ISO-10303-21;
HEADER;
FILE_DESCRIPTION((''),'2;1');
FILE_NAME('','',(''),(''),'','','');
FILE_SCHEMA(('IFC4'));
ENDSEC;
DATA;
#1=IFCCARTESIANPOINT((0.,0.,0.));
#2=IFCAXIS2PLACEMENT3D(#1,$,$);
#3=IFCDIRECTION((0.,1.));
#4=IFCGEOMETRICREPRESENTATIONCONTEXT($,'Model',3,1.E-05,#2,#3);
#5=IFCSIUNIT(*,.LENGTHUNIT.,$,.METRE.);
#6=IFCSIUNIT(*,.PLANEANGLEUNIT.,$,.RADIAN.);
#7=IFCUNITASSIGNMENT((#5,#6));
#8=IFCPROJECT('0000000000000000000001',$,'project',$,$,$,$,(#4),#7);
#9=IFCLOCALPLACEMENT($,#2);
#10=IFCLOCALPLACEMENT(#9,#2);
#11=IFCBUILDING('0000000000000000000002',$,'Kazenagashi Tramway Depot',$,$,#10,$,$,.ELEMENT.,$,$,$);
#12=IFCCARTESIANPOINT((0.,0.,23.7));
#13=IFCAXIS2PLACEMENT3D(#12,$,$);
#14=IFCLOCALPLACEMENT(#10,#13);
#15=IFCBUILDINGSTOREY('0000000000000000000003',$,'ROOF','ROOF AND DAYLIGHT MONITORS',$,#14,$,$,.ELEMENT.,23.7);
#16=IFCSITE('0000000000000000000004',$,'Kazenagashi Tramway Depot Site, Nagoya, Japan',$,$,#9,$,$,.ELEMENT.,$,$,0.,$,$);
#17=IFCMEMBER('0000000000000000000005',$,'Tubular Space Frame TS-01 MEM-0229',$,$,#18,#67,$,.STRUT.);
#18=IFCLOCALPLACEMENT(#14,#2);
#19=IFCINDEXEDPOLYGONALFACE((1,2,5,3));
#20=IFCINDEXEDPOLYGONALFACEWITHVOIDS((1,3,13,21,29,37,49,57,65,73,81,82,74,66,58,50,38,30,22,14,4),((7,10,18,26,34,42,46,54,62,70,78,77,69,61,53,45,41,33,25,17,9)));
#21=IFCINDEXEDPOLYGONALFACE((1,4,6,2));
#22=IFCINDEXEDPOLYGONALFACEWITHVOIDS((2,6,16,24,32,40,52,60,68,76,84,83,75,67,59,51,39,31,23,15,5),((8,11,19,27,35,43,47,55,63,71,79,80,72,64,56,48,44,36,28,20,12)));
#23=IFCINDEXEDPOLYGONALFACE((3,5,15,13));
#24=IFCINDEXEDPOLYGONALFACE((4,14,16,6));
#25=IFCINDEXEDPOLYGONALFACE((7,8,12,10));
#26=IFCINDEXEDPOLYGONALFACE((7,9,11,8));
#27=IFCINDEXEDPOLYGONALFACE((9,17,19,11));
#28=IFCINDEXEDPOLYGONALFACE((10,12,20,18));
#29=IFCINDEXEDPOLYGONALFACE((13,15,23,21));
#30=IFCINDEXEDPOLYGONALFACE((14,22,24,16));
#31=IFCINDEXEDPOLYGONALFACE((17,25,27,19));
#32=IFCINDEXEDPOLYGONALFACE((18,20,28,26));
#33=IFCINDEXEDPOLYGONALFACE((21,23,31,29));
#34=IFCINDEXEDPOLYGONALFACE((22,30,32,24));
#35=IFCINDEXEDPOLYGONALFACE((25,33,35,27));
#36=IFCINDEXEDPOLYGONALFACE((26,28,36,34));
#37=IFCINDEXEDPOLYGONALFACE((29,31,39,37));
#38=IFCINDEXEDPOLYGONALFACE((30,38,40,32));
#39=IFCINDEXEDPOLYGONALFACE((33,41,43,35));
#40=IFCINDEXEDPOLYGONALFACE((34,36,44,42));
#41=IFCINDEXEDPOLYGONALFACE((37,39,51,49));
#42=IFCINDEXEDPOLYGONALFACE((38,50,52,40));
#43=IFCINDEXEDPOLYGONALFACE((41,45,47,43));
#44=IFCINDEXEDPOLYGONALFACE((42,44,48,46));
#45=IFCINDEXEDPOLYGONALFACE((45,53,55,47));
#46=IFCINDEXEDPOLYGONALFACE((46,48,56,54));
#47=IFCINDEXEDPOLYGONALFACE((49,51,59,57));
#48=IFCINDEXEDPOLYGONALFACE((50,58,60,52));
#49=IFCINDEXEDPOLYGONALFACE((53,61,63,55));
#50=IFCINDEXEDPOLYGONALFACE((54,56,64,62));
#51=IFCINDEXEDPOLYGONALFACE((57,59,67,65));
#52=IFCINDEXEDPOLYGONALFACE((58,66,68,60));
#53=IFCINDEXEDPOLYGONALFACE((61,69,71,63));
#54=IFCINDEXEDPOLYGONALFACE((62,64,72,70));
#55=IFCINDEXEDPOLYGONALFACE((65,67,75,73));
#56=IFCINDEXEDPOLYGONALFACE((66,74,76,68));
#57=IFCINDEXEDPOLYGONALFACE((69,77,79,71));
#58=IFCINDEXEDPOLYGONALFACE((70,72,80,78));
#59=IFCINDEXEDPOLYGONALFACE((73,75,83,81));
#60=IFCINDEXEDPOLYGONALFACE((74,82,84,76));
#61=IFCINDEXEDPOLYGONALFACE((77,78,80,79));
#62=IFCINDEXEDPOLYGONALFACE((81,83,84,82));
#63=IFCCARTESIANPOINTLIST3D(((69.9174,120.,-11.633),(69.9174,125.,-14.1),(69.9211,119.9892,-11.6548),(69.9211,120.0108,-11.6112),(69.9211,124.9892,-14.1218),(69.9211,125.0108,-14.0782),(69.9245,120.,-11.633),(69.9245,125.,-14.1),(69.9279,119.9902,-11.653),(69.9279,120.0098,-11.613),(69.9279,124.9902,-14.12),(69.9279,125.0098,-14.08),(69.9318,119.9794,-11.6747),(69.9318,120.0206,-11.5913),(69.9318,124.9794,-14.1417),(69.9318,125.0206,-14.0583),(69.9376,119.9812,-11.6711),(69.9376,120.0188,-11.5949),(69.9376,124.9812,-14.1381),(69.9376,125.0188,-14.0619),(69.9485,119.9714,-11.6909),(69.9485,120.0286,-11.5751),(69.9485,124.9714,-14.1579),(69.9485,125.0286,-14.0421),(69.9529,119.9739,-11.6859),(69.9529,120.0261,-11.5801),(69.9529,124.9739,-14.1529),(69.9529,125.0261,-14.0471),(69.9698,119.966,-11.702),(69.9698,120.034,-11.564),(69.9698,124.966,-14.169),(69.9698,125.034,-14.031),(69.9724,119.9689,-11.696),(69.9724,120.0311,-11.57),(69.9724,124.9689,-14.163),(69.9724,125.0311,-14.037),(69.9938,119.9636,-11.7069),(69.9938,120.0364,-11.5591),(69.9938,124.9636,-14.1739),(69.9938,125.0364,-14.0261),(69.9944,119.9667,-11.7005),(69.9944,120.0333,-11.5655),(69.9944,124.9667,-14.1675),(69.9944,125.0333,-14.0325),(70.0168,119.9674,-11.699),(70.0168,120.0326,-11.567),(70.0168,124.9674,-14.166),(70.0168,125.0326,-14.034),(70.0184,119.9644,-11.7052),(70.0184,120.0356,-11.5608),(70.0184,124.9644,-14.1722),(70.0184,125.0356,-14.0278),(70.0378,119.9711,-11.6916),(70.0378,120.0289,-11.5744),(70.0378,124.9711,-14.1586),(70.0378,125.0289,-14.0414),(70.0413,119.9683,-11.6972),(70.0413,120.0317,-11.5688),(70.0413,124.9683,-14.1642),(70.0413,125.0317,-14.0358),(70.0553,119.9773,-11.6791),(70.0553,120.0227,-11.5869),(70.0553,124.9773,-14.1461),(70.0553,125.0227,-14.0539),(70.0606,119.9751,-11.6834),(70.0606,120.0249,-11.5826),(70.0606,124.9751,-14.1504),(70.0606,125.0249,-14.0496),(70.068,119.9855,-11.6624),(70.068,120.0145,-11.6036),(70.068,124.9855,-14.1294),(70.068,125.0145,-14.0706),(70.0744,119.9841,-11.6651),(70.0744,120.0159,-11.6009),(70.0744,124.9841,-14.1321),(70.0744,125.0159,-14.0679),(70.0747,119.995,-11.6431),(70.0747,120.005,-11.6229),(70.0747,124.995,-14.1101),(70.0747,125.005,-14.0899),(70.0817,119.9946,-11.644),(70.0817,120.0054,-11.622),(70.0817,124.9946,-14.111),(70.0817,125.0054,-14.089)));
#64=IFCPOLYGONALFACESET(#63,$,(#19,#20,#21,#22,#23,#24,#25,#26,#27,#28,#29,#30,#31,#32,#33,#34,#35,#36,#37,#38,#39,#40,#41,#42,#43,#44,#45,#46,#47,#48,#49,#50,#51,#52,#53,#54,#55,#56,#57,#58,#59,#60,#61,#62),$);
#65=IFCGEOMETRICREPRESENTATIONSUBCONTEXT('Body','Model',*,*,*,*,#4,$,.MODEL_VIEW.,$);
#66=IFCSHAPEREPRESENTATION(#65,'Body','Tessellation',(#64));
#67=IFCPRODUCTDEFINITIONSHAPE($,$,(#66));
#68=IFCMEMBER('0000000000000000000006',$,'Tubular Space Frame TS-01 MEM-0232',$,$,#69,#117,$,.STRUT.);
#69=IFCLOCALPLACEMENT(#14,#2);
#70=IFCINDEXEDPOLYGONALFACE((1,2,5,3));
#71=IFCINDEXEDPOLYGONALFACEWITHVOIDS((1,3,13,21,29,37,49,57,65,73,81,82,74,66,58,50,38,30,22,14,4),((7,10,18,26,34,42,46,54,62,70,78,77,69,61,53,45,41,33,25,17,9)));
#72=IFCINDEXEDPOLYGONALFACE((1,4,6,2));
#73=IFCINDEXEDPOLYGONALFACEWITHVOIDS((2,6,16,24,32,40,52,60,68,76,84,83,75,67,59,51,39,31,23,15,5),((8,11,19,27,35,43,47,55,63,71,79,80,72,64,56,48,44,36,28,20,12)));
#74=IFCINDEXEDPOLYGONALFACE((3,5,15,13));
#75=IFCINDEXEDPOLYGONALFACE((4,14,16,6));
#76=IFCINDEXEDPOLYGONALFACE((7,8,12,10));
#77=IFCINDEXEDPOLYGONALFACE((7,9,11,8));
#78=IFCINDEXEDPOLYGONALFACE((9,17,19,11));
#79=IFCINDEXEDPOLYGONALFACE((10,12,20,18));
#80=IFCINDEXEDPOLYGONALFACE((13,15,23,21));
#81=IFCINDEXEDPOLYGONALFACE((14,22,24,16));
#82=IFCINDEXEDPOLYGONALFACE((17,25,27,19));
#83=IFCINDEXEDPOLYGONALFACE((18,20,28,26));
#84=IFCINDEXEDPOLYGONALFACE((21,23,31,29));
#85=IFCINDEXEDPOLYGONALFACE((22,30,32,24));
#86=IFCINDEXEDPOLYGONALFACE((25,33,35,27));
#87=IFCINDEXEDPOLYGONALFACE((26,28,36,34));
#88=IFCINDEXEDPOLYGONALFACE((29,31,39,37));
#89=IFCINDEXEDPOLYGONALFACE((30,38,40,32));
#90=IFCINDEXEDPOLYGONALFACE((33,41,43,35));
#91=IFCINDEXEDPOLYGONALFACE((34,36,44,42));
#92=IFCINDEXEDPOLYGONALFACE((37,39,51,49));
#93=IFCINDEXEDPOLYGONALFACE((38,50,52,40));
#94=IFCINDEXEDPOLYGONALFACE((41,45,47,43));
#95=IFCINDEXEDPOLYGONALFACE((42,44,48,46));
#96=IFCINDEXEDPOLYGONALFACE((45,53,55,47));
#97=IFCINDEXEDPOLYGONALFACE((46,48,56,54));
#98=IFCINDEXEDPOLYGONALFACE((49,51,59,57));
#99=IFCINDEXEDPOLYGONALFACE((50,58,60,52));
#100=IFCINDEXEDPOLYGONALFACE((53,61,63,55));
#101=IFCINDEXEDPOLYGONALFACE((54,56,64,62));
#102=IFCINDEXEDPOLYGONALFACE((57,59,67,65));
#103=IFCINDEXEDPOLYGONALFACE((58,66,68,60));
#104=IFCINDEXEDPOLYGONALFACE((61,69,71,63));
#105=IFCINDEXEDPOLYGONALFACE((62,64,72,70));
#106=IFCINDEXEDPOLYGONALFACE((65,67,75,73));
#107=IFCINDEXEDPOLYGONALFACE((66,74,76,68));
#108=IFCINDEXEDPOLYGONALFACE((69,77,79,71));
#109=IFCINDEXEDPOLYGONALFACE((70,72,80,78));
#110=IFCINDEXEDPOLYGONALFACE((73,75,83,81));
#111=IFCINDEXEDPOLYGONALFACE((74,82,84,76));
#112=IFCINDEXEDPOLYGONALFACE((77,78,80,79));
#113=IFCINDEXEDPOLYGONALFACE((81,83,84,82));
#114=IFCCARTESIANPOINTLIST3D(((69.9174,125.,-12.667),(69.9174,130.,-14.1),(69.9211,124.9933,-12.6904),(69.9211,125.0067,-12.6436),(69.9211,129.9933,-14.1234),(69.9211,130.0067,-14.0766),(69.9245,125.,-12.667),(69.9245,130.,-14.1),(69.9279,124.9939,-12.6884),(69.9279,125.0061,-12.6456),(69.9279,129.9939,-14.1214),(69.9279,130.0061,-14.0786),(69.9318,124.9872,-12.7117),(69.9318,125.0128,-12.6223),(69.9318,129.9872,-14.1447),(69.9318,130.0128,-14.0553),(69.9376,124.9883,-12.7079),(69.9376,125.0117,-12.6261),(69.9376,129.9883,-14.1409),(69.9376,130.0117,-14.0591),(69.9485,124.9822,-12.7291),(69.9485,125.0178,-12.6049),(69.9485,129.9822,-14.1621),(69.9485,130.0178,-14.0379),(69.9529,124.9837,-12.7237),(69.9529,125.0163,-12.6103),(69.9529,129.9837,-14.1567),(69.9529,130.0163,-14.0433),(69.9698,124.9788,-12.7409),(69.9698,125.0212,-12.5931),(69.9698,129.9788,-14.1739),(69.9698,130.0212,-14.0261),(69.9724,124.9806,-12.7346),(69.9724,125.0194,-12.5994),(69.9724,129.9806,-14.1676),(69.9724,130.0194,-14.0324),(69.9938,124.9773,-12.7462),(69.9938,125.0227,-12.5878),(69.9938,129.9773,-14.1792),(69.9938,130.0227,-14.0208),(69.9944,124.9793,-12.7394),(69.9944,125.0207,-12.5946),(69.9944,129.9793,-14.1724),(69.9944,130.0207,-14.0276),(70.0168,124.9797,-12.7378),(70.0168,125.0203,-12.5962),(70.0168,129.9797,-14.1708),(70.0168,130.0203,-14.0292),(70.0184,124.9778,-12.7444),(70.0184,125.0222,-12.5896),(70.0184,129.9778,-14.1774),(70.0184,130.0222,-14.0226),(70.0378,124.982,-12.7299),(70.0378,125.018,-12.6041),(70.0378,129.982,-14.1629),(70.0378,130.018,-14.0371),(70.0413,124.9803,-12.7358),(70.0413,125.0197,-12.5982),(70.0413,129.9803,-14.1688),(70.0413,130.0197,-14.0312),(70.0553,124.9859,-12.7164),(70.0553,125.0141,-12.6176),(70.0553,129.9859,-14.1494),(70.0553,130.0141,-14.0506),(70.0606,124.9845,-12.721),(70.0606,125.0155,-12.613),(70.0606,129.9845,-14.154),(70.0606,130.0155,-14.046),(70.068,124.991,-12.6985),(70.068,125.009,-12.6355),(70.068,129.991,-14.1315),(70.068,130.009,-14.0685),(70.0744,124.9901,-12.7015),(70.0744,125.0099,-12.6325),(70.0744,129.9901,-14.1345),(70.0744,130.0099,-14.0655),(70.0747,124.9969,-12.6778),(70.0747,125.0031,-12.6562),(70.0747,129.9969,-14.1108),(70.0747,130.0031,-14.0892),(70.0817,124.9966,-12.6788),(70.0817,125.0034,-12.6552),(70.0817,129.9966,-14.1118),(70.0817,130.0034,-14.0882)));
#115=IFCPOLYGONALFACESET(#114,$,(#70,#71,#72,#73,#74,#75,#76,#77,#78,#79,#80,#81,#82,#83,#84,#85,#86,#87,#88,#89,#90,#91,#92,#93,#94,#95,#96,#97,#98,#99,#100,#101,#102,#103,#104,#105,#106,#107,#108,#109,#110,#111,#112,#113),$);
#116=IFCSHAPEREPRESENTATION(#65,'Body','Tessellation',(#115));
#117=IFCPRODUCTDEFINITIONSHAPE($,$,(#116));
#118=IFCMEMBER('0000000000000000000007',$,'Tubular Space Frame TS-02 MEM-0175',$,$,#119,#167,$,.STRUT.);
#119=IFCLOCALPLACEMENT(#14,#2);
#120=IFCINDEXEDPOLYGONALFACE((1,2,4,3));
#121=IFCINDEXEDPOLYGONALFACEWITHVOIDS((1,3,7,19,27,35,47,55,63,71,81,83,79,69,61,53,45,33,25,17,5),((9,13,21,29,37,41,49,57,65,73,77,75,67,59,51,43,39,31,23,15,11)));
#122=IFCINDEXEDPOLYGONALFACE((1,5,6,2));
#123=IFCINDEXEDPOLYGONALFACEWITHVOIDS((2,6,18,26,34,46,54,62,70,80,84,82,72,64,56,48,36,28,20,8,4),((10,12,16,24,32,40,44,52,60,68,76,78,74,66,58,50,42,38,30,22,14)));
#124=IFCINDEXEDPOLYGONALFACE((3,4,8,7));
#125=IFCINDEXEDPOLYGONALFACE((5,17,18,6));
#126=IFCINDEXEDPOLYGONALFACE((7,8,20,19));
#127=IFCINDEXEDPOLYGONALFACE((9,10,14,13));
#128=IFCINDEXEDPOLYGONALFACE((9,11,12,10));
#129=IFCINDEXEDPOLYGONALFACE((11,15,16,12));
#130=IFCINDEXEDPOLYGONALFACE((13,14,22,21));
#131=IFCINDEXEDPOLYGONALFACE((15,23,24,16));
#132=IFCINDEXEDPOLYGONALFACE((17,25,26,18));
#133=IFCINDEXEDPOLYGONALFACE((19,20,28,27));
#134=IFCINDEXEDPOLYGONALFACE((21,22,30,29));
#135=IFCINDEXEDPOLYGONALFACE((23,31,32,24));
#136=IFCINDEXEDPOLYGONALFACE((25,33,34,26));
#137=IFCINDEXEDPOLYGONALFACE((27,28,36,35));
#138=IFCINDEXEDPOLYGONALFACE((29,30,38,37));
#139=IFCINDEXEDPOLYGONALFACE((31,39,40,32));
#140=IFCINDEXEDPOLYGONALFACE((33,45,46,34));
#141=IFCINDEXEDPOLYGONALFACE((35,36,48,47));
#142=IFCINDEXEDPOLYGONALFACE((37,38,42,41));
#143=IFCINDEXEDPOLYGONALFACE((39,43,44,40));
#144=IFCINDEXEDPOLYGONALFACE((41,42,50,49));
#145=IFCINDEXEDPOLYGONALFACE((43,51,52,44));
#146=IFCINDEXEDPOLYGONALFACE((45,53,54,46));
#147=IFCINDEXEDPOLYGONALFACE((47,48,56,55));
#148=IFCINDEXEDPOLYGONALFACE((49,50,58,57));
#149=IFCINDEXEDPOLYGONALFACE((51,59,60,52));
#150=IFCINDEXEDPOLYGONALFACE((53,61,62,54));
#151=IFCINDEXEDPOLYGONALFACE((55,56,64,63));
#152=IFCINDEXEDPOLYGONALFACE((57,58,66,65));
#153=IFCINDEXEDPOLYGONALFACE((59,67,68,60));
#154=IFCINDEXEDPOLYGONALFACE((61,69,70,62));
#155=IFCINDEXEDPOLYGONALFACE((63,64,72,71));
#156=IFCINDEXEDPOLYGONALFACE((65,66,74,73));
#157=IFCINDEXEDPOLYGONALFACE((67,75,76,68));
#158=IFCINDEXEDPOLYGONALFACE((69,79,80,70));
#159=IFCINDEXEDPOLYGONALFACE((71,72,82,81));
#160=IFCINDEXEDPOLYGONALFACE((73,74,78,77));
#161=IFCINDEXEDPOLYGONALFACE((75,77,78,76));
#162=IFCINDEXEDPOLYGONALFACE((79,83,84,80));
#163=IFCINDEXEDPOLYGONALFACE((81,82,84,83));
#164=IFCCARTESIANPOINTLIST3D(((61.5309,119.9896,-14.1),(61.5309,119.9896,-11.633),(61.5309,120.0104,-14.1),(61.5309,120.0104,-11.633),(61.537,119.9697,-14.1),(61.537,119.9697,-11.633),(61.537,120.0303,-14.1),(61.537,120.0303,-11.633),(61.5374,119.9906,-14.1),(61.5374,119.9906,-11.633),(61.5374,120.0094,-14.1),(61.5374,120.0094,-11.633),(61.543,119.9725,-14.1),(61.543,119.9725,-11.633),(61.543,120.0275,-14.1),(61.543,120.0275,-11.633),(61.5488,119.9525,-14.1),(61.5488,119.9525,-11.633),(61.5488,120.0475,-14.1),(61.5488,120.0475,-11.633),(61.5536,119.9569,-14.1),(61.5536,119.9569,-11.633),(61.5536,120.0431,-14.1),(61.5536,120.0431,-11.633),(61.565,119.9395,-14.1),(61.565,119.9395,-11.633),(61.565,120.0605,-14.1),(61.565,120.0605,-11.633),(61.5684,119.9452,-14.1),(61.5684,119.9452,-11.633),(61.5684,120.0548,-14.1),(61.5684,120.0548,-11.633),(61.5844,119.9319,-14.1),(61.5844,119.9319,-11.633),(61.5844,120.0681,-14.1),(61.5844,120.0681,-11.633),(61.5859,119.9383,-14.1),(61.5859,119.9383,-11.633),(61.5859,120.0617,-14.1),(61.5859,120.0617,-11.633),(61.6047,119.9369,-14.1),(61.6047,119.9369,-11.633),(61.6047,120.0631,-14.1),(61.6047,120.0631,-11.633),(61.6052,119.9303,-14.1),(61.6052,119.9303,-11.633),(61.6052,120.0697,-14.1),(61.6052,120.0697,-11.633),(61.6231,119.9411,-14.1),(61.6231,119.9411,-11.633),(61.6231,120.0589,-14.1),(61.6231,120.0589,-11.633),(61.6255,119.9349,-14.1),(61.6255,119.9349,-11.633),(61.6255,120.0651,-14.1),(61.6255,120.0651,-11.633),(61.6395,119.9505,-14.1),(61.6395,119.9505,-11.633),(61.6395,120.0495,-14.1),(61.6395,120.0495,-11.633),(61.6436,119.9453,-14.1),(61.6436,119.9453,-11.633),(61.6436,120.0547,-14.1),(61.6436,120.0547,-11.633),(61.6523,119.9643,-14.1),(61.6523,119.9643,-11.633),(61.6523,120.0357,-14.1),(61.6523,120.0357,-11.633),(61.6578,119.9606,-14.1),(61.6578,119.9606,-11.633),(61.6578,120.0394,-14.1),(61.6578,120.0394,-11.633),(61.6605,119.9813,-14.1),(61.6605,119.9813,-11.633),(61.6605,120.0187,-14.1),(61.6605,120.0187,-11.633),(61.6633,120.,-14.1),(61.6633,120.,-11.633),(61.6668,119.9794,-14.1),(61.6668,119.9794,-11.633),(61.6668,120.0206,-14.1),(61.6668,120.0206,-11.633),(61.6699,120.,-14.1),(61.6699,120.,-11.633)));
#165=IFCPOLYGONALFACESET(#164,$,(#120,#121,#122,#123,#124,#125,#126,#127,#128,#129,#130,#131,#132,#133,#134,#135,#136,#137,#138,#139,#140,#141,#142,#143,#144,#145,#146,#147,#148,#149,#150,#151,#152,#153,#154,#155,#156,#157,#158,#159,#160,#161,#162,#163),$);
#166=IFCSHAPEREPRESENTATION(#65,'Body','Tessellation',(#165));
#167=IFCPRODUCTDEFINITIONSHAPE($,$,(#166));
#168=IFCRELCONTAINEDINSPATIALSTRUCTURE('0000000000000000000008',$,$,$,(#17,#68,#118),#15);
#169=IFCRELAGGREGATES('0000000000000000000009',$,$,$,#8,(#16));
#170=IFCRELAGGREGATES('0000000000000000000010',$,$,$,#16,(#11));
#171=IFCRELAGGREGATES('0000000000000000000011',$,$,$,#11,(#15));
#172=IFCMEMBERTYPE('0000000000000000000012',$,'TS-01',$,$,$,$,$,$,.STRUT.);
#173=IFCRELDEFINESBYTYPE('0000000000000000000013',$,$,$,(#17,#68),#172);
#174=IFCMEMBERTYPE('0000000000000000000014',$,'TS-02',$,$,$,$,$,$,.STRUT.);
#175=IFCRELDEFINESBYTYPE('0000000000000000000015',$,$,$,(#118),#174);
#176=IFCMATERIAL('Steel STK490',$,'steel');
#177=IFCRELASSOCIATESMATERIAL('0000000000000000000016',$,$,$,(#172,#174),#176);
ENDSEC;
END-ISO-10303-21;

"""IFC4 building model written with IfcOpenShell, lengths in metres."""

from ifc_helpers import new_model, si_unit, direction, frame, origin, origin_2d, place, context, subcontext, project, spatial, hollow_circle, extrude, material, material_profile, profile_set, type_object, element, save


model = new_model("IFC4")

# Units and contexts
model_context = context("Model", 3, precision=1e-05, world=origin(), true_north=direction((0.0, 1.0)))
body_context = subcontext(model_context, "Body", "Model", "MODEL_VIEW")
ifc_project = project(units=[si_unit("LENGTHUNIT", "METRE"), si_unit("PLANEANGLEUNIT", "RADIAN")], contexts=[model_context])

# Site, building, storey
site_placement = place(None, origin())
site = spatial("IfcSite", under=ifc_project, at=site_placement, Name="Kazenagashi Tramway Depot Site, Nagoya, Japan", CompositionType="ELEMENT", RefElevation=0.0)
building_placement = place(site_placement, origin())
building = spatial("IfcBuilding", under=site, at=building_placement, Name="Kazenagashi Tramway Depot", CompositionType="ELEMENT")
storey_placement = place(building_placement, frame((0.0, 0.0, 23.7)))
storey = spatial("IfcBuildingStorey", under=building, at=storey_placement, Name="ROOF", Description="ROOF AND DAYLIGHT MONITORS", CompositionType="ELEMENT", Elevation=23.7)

# Members
ifc_material_1 = material(Name="Steel STK490", Category="steel")
ifc_material_profile_1 = material_profile(ifc_material_1, hollow_circle(Radius=0.0826, WallThickness=0.0071, at=origin_2d()), Name="CHS-165.2x7.1")
ifc_profile_set_1 = profile_set([ifc_material_profile_1], Name="Steel STK490")
member_type_1 = type_object("IfcMemberType", Name="TS-01", PredefinedType="STRUT", material=ifc_profile_set_1)
member_1_placement = place(storey_placement, frame((70.0, 120.0, -11.633), z_axis=(0.0, 0.896782, -0.442472), x_axis=(-1.0, 0.0, 0.0)))
element("IfcMember", 1, at=member_1_placement, inside=storey, type_object=member_type_1, Name="Tubular Space Frame TS-01 MEM-0229", PredefinedType="STRUT", context=body_context, shape_type="SweptSolid", body=[
    extrude(hollow_circle(Radius=0.0826, WallThickness=0.0071, at=origin_2d()), origin(), (0.0, 0.0, 1.0), 5.5755),
])
member_2_placement = place(storey_placement, frame((70.0, 125.0, -12.667), z_axis=(0.0, 0.961299, -0.275508), x_axis=(-1.0, 0.0, 0.0)))
element("IfcMember", 2, at=member_2_placement, inside=storey, type_object=member_type_1, Name="Tubular Space Frame TS-01 MEM-0232", PredefinedType="STRUT", context=body_context, shape_type="SweptSolid", body=[
    extrude(hollow_circle(Radius=0.0826, WallThickness=0.0071, at=origin_2d()), origin(), (0.0, 0.0, 1.0), 5.2013),
])
ifc_material_profile_2 = material_profile(ifc_material_1, hollow_circle(Radius=0.0699, WallThickness=0.0066, at=origin_2d()), Name="CHS-139.8x6.6")
ifc_profile_set_2 = profile_set([ifc_material_profile_2], Name="Steel STK490")
member_type_2 = type_object("IfcMemberType", Name="TS-02", PredefinedType="STRUT", material=ifc_profile_set_2)
member_3_placement = place(storey_placement, frame((61.6, 120.0, -14.1), z_axis=(0.0, 0.0, 1.0), x_axis=(1.0, 0.0, 0.0)))
element("IfcMember", 3, at=member_3_placement, inside=storey, type_object=member_type_2, Name="Tubular Space Frame TS-02 MEM-0175", PredefinedType="STRUT", context=body_context, shape_type="SweptSolid", body=[
    extrude(hollow_circle(Radius=0.0699, WallThickness=0.0066, at=origin_2d()), origin(), (0.0, 0.0, 1.0), 2.467),
])

save(model, "model.ifc")
